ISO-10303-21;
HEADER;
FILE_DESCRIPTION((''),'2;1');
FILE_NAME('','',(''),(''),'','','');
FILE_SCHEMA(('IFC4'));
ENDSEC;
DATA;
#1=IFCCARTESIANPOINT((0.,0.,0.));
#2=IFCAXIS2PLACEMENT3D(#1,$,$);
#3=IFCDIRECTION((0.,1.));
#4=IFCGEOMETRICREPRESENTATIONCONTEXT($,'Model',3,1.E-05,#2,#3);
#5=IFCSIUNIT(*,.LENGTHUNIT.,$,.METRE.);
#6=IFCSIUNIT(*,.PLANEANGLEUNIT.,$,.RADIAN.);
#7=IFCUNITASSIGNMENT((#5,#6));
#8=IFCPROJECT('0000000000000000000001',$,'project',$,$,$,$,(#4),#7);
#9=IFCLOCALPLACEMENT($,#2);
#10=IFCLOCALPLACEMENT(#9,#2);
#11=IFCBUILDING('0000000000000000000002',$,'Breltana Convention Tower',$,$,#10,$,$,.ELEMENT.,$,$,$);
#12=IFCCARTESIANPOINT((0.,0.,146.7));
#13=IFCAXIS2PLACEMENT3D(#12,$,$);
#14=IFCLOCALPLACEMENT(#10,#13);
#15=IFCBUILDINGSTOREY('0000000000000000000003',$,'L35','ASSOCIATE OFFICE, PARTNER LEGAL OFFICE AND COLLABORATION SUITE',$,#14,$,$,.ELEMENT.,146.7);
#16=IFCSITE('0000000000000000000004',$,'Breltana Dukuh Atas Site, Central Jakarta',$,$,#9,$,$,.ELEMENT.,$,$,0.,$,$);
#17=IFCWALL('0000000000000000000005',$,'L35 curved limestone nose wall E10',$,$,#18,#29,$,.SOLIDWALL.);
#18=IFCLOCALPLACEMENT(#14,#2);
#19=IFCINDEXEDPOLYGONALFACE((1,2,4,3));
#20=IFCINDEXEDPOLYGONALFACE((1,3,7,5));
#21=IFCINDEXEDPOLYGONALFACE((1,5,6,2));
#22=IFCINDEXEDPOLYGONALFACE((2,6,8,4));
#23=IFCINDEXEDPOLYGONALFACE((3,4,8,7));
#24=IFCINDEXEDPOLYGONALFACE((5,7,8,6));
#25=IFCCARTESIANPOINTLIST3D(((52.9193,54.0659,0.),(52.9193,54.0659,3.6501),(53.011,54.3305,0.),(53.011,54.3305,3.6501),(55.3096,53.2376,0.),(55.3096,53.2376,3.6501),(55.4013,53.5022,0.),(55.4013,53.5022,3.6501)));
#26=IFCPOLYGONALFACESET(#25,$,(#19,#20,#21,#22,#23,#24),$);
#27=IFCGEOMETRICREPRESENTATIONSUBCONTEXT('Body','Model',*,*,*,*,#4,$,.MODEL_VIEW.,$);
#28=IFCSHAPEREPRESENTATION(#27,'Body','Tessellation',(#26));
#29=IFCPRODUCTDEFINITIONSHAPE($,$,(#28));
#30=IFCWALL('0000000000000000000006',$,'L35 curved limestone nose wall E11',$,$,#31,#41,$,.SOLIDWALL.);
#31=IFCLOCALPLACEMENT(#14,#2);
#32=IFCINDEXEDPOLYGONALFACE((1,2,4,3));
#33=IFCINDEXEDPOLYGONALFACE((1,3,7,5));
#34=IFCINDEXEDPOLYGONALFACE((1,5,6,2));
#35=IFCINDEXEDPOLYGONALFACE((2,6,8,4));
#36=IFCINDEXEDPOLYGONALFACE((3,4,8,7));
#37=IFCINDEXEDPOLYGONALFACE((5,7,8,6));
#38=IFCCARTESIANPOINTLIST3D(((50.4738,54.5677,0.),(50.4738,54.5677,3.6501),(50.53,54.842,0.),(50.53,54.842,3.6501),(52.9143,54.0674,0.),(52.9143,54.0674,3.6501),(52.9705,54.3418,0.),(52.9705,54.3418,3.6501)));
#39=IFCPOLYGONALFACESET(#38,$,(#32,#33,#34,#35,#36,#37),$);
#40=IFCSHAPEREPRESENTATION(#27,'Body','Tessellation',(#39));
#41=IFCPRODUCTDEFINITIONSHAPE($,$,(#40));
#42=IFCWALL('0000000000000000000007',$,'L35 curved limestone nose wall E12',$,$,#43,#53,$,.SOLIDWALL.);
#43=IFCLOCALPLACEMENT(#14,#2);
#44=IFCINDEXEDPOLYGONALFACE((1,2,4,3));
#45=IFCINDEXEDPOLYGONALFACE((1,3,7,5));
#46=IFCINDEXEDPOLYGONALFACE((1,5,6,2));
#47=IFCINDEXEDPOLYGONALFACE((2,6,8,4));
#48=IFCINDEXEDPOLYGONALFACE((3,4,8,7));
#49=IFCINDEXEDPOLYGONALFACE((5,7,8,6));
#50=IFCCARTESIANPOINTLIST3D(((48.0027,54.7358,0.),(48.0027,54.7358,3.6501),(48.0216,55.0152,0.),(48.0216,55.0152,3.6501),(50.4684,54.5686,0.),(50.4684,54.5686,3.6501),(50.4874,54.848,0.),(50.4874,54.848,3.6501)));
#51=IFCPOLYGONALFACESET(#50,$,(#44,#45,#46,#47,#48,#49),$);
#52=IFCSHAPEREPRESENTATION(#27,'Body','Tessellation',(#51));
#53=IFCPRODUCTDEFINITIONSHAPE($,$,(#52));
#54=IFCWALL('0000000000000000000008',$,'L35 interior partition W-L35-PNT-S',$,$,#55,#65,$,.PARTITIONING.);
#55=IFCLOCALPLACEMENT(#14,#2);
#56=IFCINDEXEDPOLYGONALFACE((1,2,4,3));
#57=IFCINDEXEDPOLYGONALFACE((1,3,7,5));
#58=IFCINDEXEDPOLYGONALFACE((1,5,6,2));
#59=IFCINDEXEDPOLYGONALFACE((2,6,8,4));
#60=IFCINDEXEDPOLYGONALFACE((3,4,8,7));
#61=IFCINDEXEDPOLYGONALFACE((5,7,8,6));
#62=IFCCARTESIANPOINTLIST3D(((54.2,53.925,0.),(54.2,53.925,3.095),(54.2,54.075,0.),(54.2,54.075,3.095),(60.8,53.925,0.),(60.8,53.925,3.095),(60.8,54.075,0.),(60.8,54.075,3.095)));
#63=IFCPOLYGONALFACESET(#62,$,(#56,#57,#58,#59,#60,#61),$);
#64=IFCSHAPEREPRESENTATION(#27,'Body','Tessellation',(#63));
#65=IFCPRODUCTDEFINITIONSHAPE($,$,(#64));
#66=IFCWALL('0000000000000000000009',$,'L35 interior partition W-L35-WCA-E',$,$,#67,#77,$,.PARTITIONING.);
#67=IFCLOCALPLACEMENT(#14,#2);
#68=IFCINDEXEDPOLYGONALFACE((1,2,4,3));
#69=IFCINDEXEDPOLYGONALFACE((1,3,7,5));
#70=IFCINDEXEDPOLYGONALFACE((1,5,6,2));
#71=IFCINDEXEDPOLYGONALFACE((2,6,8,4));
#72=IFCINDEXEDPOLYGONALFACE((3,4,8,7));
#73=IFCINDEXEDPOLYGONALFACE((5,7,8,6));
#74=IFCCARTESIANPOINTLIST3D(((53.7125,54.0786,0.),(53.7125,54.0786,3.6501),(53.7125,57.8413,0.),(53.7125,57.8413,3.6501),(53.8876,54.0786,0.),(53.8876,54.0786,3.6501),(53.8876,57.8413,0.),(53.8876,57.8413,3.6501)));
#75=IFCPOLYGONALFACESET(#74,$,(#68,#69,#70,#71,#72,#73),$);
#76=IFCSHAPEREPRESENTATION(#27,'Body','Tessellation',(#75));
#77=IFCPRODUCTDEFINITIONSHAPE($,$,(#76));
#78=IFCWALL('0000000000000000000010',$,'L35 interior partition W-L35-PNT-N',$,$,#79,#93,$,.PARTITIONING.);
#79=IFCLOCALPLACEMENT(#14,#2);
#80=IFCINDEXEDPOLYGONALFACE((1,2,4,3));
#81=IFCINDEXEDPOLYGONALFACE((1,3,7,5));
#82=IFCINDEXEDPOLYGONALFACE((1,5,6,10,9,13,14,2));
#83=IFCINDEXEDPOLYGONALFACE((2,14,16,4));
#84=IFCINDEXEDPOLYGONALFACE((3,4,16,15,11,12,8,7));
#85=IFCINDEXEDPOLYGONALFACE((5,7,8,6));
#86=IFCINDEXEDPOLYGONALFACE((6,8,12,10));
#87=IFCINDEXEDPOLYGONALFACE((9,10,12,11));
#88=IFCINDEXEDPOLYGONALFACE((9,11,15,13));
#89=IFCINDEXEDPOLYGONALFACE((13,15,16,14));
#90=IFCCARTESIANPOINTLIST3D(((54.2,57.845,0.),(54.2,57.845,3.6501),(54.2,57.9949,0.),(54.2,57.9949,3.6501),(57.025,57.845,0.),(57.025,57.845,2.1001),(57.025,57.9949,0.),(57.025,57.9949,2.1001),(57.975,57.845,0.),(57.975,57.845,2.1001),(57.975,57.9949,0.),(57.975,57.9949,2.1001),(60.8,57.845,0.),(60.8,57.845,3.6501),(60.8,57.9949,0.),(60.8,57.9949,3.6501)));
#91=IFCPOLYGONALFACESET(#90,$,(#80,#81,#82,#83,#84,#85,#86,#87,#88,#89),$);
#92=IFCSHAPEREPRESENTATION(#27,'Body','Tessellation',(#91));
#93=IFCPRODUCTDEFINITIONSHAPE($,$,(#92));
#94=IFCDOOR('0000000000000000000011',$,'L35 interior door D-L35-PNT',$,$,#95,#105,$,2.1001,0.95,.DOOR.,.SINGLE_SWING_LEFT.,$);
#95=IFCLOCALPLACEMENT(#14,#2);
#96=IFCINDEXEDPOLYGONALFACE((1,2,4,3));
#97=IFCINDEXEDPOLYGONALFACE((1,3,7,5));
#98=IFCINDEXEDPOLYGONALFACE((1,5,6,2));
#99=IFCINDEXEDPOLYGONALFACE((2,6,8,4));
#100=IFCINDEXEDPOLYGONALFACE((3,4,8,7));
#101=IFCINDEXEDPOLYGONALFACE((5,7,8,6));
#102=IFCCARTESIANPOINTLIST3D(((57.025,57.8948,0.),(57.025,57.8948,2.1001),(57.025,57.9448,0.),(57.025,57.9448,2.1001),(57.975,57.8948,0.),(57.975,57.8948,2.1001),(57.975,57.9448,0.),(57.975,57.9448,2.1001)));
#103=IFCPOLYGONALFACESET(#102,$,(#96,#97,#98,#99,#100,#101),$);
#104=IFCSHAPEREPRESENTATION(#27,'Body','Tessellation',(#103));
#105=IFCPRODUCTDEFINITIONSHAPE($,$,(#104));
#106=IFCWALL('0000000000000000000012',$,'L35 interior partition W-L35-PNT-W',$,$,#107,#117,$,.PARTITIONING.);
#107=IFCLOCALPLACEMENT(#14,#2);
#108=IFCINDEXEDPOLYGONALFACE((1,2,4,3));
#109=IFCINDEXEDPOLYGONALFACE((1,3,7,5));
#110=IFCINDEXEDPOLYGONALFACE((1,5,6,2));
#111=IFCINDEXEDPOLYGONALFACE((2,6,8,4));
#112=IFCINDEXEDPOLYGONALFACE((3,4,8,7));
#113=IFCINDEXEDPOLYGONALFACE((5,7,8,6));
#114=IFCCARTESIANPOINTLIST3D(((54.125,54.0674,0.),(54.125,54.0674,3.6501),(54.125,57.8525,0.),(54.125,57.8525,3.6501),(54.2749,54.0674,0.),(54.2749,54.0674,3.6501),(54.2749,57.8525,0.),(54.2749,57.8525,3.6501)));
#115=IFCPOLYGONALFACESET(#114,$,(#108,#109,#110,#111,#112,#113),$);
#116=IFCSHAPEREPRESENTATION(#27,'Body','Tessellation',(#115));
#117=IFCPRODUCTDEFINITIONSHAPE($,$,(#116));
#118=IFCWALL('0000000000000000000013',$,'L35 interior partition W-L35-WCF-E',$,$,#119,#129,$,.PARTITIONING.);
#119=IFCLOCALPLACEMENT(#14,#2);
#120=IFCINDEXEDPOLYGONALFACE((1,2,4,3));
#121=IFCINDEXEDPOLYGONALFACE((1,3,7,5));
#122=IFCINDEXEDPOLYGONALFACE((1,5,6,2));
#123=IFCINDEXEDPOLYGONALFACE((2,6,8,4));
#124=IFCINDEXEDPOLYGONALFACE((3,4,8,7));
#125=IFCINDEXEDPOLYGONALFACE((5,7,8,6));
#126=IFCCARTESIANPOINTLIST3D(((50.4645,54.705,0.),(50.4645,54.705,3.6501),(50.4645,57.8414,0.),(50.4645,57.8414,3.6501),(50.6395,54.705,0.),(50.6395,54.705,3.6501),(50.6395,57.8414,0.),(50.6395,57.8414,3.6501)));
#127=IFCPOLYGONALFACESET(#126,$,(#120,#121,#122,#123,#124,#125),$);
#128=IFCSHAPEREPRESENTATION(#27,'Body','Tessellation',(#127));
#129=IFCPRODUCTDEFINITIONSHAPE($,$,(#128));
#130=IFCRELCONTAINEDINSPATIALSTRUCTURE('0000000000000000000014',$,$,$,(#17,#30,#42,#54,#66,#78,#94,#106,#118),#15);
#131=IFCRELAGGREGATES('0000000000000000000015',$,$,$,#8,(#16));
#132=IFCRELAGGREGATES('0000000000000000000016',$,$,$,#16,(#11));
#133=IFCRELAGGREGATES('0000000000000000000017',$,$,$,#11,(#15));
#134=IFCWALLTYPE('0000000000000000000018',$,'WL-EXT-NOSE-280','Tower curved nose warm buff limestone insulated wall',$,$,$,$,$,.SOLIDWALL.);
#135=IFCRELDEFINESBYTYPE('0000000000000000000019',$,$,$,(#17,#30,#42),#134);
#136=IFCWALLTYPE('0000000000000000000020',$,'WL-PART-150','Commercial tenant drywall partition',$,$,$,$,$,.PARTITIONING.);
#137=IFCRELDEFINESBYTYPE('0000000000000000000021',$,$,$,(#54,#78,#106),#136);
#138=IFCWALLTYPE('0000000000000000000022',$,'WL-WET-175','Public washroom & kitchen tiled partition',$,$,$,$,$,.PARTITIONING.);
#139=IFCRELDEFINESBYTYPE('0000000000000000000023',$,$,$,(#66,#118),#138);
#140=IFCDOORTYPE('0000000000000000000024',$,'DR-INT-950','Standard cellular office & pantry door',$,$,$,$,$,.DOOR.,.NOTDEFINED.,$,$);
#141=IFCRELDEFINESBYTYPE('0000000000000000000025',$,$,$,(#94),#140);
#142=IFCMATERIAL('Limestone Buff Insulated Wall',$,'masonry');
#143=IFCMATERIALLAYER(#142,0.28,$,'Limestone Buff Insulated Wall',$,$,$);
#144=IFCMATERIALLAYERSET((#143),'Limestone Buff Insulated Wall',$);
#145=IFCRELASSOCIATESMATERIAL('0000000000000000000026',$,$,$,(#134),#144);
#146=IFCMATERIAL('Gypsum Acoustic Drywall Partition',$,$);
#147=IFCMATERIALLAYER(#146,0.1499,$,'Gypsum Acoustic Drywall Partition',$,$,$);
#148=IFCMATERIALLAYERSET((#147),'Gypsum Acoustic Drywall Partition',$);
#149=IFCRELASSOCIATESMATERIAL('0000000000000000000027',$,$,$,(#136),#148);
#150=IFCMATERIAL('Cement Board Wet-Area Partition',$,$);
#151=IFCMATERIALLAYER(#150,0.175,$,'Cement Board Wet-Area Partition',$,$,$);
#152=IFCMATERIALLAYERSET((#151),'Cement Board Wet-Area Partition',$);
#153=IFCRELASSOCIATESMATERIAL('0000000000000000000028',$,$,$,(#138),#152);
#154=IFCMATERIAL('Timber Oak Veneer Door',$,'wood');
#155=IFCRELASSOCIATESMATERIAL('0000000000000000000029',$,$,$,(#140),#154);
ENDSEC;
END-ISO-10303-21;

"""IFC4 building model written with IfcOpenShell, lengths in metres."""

from ifc_helpers import new_model, si_unit, direction, frame, frame_2d, origin, place, context, subcontext, project, spatial, rectangle, extrude, source, transform, mapped, material, layer, layer_set, type_object, type_shapes, element, fill, save


model = new_model("IFC4")

# Units and contexts
model_context = context("Model", 3, precision=1e-05, world=origin(), true_north=direction((0.0, 1.0)))
body_context = subcontext(model_context, "Body", "Model", "MODEL_VIEW")
ifc_project = project(units=[si_unit("LENGTHUNIT", "METRE"), si_unit("PLANEANGLEUNIT", "RADIAN")], contexts=[model_context])

# Site, building, storey
site_placement = place(None, origin())
site = spatial("IfcSite", under=ifc_project, at=site_placement, Name="Breltana Dukuh Atas Site, Central Jakarta", CompositionType="ELEMENT", RefElevation=0.0)
building_placement = place(site_placement, origin())
building = spatial("IfcBuilding", under=site, at=building_placement, Name="Breltana Convention Tower", CompositionType="ELEMENT")
storey_placement = place(building_placement, frame((0.0, 0.0, 146.7)))
storey = spatial("IfcBuildingStorey", under=building, at=storey_placement, Name="L35", Description="ASSOCIATE OFFICE, PARTNER LEGAL OFFICE AND COLLABORATION SUITE", CompositionType="ELEMENT", Elevation=146.7)

# Walls
ifc_material_1 = material(Name="Limestone Buff Insulated Wall", Category="masonry")
ifc_layer_1 = layer(ifc_material_1, 0.28, Name="Limestone Buff Insulated Wall")
ifc_layer_set_1 = layer_set([ifc_layer_1], Name="Limestone Buff Insulated Wall")
wall_type_1 = type_object("IfcWallType", Name="WL-EXT-NOSE-280", Description="Tower curved nose warm buff limestone insulated wall", PredefinedType="SOLIDWALL", material=ifc_layer_set_1)
shared_shape_1 = source(origin(), body_context, "Body", "SweptSolid", [
    extrude(rectangle(XDim=2.5298, YDim=0.28, at=frame_2d((1.2649, 0.0))), origin(), (0.0, 0.0, 1.0), 3.6501),
])
wall_1_placement = place(storey_placement, frame((55.3555, 53.3699, 0.0), z_axis=(0.0, 0.0, 1.0), x_axis=(-0.944872, 0.327439, 0.0)))
element("IfcWall", 1, at=wall_1_placement, inside=storey, type_object=wall_type_1, Name="L35 curved limestone nose wall E10", PredefinedType="SOLIDWALL", context=body_context, shape_type="MappedRepresentation", body=[
    mapped(shared_shape_1, transform((0.0, 0.0, 0.0), scale=1.0)),
])
shared_shape_2 = source(origin(), body_context, "Body", "SweptSolid", [
    extrude(rectangle(XDim=2.4912, YDim=0.28, at=frame_2d((1.2456, 0.0))), origin(), (0.0, 0.0, 1.0), 3.6501),
])
wall_2_placement = place(storey_placement, frame((52.9424, 54.2046, 0.0), z_axis=(0.0, 0.0, 1.0), x_axis=(-0.979631, 0.200807, 0.0)))
element("IfcWall", 2, at=wall_2_placement, inside=storey, type_object=wall_type_1, Name="L35 curved limestone nose wall E11", PredefinedType="SOLIDWALL", context=body_context, shape_type="MappedRepresentation", body=[
    mapped(shared_shape_2, transform((0.0, 0.0, 0.0), scale=1.0)),
])
shared_shape_3 = source(origin(), body_context, "Body", "SweptSolid", [
    extrude(rectangle(XDim=2.4714, YDim=0.28, at=frame_2d((1.2358, 0.0))), origin(), (0.0, 0.0, 1.0), 3.6501),
])
wall_3_placement = place(storey_placement, frame((50.478, 54.7083, 0.0), z_axis=(0.0, 0.0, 1.0), x_axis=(-0.997708, 0.067666, 0.0)))
element("IfcWall", 3, at=wall_3_placement, inside=storey, type_object=wall_type_1, Name="L35 curved limestone nose wall E12", PredefinedType="SOLIDWALL", context=body_context, shape_type="MappedRepresentation", body=[
    mapped(shared_shape_3, transform((0.0, 0.0, 0.0), scale=1.0)),
])
ifc_material_2 = material(Name="Gypsum Acoustic Drywall Partition")
ifc_layer_2 = layer(ifc_material_2, 0.1499, Name="Gypsum Acoustic Drywall Partition")
ifc_layer_set_2 = layer_set([ifc_layer_2], Name="Gypsum Acoustic Drywall Partition")
wall_type_2 = type_object("IfcWallType", Name="WL-PART-150", Description="Commercial tenant drywall partition", PredefinedType="PARTITIONING", material=ifc_layer_set_2)
shared_shape_4 = source(origin(), body_context, "Body", "SweptSolid", [
    extrude(rectangle(XDim=6.6001, YDim=0.1499, at=frame_2d((3.3, 0.0))), origin(), (0.0, 0.0, 1.0), 3.095),
])
wall_4_placement = place(storey_placement, frame((54.2, 54.0, 0.0), z_axis=(0.0, 0.0, 1.0), x_axis=(1.0, 0.0, 0.0)))
element("IfcWall", 4, at=wall_4_placement, inside=storey, type_object=wall_type_2, Name="L35 interior partition W-L35-PNT-S", PredefinedType="PARTITIONING", context=body_context, shape_type="MappedRepresentation", body=[
    mapped(shared_shape_4, transform((0.0, 0.0, 0.0), scale=1.0)),
])
ifc_material_3 = material(Name="Cement Board Wet-Area Partition")
ifc_layer_3 = layer(ifc_material_3, 0.175, Name="Cement Board Wet-Area Partition")
ifc_layer_set_3 = layer_set([ifc_layer_3], Name="Cement Board Wet-Area Partition")
wall_type_3 = type_object("IfcWallType", Name="WL-WET-175", Description="Public washroom & kitchen tiled partition", PredefinedType="PARTITIONING", material=ifc_layer_set_3)
shared_shape_5 = source(origin(), body_context, "Body", "SweptSolid", [
    extrude(rectangle(XDim=3.7627, YDim=0.175, at=frame_2d((1.8813, 0.0))), origin(), (0.0, 0.0, 1.0), 3.6501),
])
wall_5_placement = place(storey_placement, frame((53.8, 54.0786, 0.0), z_axis=(0.0, 0.0, 1.0), x_axis=(0.0, 1.0, 0.0)))
element("IfcWall", 5, at=wall_5_placement, inside=storey, type_object=wall_type_3, Name="L35 interior partition W-L35-WCA-E", PredefinedType="PARTITIONING", context=body_context, shape_type="MappedRepresentation", body=[
    mapped(shared_shape_5, transform((0.0, 0.0, 0.0), scale=1.0)),
])

# Wall, opening, door
shared_shape_6 = source(origin(), body_context, "Body", "SweptSolid", [
    extrude(rectangle(XDim=6.6001, YDim=0.1499, at=frame_2d((3.3, 0.0))), origin(), (0.0, 0.0, 1.0), 3.6501),
])
wall_6_placement = place(storey_placement, frame((54.2, 57.9199, 0.0), z_axis=(0.0, 0.0, 1.0), x_axis=(1.0, 0.0, 0.0)))
wall_6 = element("IfcWall", 6, at=wall_6_placement, inside=storey, type_object=wall_type_2, Name="L35 interior partition W-L35-PNT-N", PredefinedType="PARTITIONING", context=body_context, shape_type="MappedRepresentation", body=[
    mapped(shared_shape_6, transform((0.0, 0.0, 0.0), scale=1.0)),
])
opening_1_placement = place(wall_6_placement, frame((2.825, 0.0, 0.0)))
opening_1 = element("IfcOpeningElement", 7, at=opening_1_placement, cuts=wall_6, PredefinedType="OPENING", context=body_context, shape_type="SweptSolid", body=[
    extrude(rectangle(XDim=0.95, YDim=2.1001, at=frame_2d((0.4751, 1.05))), frame((0.0, 0.085, 0.0), z_axis=(0.0, -1.0, 0.0), x_axis=(1.0, 0.0, 0.0)), (0.0, 0.0, 1.0), 0.1699),
])
ifc_material_4 = material(Name="Timber Oak Veneer Door", Category="wood")
door_type_1 = type_object("IfcDoorType", Name="DR-INT-950", Description="Standard cellular office & pantry door", OperationType="NOTDEFINED", PredefinedType="DOOR", material=ifc_material_4)
shared_shape_7 = source(origin(), body_context, "Body", "SweptSolid", [
    extrude(rectangle(XDim=0.95, YDim=2.1001, at=frame_2d((0.4751, 1.05))), frame((0.0, 0.0249, 0.0), z_axis=(0.0, -1.0, 0.0), x_axis=(1.0, 0.0, 0.0)), (0.0, 0.0, 1.0), 0.05),
])
type_shapes(door_type_1, [shared_shape_7])
door_1_placement = place(opening_1_placement, origin())
door_1 = element("IfcDoor", 8, at=door_1_placement, inside=storey, type_object=door_type_1, Name="L35 interior door D-L35-PNT", OperationType="SINGLE_SWING_LEFT", OverallHeight=2.1001, OverallWidth=0.95, PredefinedType="DOOR", context=body_context, shape_type="MappedRepresentation", body=[
    mapped(shared_shape_7, transform((0.0, 0.0, 0.0), scale=1.0)),
])
fill(opening_1, door_1)

# Walls
shared_shape_8 = source(origin(), body_context, "Body", "SweptSolid", [
    extrude(rectangle(XDim=3.7852, YDim=0.1499, at=frame_2d((1.8926, 0.0))), origin(), (0.0, 0.0, 1.0), 3.6501),
])
wall_7_placement = place(storey_placement, frame((54.2, 54.0674, 0.0), z_axis=(0.0, 0.0, 1.0), x_axis=(0.0, 1.0, 0.0)))
element("IfcWall", 9, at=wall_7_placement, inside=storey, type_object=wall_type_2, Name="L35 interior partition W-L35-PNT-W", PredefinedType="PARTITIONING", context=body_context, shape_type="MappedRepresentation", body=[
    mapped(shared_shape_8, transform((0.0, 0.0, 0.0), scale=1.0)),
])
shared_shape_9 = source(origin(), body_context, "Body", "SweptSolid", [
    extrude(rectangle(XDim=3.1365, YDim=0.175, at=frame_2d((1.5684, 0.0))), origin(), (0.0, 0.0, 1.0), 3.6501),
])
wall_8_placement = place(storey_placement, frame((50.552, 54.7048, 0.0), z_axis=(0.0, 0.0, 1.0), x_axis=(0.0, 1.0, 0.0)))
element("IfcWall", 10, at=wall_8_placement, inside=storey, type_object=wall_type_3, Name="L35 interior partition W-L35-WCF-E", PredefinedType="PARTITIONING", context=body_context, shape_type="MappedRepresentation", body=[
    mapped(shared_shape_9, transform((0.0, 0.0, 0.0), scale=1.0)),
])

save(model, "model.ifc")
